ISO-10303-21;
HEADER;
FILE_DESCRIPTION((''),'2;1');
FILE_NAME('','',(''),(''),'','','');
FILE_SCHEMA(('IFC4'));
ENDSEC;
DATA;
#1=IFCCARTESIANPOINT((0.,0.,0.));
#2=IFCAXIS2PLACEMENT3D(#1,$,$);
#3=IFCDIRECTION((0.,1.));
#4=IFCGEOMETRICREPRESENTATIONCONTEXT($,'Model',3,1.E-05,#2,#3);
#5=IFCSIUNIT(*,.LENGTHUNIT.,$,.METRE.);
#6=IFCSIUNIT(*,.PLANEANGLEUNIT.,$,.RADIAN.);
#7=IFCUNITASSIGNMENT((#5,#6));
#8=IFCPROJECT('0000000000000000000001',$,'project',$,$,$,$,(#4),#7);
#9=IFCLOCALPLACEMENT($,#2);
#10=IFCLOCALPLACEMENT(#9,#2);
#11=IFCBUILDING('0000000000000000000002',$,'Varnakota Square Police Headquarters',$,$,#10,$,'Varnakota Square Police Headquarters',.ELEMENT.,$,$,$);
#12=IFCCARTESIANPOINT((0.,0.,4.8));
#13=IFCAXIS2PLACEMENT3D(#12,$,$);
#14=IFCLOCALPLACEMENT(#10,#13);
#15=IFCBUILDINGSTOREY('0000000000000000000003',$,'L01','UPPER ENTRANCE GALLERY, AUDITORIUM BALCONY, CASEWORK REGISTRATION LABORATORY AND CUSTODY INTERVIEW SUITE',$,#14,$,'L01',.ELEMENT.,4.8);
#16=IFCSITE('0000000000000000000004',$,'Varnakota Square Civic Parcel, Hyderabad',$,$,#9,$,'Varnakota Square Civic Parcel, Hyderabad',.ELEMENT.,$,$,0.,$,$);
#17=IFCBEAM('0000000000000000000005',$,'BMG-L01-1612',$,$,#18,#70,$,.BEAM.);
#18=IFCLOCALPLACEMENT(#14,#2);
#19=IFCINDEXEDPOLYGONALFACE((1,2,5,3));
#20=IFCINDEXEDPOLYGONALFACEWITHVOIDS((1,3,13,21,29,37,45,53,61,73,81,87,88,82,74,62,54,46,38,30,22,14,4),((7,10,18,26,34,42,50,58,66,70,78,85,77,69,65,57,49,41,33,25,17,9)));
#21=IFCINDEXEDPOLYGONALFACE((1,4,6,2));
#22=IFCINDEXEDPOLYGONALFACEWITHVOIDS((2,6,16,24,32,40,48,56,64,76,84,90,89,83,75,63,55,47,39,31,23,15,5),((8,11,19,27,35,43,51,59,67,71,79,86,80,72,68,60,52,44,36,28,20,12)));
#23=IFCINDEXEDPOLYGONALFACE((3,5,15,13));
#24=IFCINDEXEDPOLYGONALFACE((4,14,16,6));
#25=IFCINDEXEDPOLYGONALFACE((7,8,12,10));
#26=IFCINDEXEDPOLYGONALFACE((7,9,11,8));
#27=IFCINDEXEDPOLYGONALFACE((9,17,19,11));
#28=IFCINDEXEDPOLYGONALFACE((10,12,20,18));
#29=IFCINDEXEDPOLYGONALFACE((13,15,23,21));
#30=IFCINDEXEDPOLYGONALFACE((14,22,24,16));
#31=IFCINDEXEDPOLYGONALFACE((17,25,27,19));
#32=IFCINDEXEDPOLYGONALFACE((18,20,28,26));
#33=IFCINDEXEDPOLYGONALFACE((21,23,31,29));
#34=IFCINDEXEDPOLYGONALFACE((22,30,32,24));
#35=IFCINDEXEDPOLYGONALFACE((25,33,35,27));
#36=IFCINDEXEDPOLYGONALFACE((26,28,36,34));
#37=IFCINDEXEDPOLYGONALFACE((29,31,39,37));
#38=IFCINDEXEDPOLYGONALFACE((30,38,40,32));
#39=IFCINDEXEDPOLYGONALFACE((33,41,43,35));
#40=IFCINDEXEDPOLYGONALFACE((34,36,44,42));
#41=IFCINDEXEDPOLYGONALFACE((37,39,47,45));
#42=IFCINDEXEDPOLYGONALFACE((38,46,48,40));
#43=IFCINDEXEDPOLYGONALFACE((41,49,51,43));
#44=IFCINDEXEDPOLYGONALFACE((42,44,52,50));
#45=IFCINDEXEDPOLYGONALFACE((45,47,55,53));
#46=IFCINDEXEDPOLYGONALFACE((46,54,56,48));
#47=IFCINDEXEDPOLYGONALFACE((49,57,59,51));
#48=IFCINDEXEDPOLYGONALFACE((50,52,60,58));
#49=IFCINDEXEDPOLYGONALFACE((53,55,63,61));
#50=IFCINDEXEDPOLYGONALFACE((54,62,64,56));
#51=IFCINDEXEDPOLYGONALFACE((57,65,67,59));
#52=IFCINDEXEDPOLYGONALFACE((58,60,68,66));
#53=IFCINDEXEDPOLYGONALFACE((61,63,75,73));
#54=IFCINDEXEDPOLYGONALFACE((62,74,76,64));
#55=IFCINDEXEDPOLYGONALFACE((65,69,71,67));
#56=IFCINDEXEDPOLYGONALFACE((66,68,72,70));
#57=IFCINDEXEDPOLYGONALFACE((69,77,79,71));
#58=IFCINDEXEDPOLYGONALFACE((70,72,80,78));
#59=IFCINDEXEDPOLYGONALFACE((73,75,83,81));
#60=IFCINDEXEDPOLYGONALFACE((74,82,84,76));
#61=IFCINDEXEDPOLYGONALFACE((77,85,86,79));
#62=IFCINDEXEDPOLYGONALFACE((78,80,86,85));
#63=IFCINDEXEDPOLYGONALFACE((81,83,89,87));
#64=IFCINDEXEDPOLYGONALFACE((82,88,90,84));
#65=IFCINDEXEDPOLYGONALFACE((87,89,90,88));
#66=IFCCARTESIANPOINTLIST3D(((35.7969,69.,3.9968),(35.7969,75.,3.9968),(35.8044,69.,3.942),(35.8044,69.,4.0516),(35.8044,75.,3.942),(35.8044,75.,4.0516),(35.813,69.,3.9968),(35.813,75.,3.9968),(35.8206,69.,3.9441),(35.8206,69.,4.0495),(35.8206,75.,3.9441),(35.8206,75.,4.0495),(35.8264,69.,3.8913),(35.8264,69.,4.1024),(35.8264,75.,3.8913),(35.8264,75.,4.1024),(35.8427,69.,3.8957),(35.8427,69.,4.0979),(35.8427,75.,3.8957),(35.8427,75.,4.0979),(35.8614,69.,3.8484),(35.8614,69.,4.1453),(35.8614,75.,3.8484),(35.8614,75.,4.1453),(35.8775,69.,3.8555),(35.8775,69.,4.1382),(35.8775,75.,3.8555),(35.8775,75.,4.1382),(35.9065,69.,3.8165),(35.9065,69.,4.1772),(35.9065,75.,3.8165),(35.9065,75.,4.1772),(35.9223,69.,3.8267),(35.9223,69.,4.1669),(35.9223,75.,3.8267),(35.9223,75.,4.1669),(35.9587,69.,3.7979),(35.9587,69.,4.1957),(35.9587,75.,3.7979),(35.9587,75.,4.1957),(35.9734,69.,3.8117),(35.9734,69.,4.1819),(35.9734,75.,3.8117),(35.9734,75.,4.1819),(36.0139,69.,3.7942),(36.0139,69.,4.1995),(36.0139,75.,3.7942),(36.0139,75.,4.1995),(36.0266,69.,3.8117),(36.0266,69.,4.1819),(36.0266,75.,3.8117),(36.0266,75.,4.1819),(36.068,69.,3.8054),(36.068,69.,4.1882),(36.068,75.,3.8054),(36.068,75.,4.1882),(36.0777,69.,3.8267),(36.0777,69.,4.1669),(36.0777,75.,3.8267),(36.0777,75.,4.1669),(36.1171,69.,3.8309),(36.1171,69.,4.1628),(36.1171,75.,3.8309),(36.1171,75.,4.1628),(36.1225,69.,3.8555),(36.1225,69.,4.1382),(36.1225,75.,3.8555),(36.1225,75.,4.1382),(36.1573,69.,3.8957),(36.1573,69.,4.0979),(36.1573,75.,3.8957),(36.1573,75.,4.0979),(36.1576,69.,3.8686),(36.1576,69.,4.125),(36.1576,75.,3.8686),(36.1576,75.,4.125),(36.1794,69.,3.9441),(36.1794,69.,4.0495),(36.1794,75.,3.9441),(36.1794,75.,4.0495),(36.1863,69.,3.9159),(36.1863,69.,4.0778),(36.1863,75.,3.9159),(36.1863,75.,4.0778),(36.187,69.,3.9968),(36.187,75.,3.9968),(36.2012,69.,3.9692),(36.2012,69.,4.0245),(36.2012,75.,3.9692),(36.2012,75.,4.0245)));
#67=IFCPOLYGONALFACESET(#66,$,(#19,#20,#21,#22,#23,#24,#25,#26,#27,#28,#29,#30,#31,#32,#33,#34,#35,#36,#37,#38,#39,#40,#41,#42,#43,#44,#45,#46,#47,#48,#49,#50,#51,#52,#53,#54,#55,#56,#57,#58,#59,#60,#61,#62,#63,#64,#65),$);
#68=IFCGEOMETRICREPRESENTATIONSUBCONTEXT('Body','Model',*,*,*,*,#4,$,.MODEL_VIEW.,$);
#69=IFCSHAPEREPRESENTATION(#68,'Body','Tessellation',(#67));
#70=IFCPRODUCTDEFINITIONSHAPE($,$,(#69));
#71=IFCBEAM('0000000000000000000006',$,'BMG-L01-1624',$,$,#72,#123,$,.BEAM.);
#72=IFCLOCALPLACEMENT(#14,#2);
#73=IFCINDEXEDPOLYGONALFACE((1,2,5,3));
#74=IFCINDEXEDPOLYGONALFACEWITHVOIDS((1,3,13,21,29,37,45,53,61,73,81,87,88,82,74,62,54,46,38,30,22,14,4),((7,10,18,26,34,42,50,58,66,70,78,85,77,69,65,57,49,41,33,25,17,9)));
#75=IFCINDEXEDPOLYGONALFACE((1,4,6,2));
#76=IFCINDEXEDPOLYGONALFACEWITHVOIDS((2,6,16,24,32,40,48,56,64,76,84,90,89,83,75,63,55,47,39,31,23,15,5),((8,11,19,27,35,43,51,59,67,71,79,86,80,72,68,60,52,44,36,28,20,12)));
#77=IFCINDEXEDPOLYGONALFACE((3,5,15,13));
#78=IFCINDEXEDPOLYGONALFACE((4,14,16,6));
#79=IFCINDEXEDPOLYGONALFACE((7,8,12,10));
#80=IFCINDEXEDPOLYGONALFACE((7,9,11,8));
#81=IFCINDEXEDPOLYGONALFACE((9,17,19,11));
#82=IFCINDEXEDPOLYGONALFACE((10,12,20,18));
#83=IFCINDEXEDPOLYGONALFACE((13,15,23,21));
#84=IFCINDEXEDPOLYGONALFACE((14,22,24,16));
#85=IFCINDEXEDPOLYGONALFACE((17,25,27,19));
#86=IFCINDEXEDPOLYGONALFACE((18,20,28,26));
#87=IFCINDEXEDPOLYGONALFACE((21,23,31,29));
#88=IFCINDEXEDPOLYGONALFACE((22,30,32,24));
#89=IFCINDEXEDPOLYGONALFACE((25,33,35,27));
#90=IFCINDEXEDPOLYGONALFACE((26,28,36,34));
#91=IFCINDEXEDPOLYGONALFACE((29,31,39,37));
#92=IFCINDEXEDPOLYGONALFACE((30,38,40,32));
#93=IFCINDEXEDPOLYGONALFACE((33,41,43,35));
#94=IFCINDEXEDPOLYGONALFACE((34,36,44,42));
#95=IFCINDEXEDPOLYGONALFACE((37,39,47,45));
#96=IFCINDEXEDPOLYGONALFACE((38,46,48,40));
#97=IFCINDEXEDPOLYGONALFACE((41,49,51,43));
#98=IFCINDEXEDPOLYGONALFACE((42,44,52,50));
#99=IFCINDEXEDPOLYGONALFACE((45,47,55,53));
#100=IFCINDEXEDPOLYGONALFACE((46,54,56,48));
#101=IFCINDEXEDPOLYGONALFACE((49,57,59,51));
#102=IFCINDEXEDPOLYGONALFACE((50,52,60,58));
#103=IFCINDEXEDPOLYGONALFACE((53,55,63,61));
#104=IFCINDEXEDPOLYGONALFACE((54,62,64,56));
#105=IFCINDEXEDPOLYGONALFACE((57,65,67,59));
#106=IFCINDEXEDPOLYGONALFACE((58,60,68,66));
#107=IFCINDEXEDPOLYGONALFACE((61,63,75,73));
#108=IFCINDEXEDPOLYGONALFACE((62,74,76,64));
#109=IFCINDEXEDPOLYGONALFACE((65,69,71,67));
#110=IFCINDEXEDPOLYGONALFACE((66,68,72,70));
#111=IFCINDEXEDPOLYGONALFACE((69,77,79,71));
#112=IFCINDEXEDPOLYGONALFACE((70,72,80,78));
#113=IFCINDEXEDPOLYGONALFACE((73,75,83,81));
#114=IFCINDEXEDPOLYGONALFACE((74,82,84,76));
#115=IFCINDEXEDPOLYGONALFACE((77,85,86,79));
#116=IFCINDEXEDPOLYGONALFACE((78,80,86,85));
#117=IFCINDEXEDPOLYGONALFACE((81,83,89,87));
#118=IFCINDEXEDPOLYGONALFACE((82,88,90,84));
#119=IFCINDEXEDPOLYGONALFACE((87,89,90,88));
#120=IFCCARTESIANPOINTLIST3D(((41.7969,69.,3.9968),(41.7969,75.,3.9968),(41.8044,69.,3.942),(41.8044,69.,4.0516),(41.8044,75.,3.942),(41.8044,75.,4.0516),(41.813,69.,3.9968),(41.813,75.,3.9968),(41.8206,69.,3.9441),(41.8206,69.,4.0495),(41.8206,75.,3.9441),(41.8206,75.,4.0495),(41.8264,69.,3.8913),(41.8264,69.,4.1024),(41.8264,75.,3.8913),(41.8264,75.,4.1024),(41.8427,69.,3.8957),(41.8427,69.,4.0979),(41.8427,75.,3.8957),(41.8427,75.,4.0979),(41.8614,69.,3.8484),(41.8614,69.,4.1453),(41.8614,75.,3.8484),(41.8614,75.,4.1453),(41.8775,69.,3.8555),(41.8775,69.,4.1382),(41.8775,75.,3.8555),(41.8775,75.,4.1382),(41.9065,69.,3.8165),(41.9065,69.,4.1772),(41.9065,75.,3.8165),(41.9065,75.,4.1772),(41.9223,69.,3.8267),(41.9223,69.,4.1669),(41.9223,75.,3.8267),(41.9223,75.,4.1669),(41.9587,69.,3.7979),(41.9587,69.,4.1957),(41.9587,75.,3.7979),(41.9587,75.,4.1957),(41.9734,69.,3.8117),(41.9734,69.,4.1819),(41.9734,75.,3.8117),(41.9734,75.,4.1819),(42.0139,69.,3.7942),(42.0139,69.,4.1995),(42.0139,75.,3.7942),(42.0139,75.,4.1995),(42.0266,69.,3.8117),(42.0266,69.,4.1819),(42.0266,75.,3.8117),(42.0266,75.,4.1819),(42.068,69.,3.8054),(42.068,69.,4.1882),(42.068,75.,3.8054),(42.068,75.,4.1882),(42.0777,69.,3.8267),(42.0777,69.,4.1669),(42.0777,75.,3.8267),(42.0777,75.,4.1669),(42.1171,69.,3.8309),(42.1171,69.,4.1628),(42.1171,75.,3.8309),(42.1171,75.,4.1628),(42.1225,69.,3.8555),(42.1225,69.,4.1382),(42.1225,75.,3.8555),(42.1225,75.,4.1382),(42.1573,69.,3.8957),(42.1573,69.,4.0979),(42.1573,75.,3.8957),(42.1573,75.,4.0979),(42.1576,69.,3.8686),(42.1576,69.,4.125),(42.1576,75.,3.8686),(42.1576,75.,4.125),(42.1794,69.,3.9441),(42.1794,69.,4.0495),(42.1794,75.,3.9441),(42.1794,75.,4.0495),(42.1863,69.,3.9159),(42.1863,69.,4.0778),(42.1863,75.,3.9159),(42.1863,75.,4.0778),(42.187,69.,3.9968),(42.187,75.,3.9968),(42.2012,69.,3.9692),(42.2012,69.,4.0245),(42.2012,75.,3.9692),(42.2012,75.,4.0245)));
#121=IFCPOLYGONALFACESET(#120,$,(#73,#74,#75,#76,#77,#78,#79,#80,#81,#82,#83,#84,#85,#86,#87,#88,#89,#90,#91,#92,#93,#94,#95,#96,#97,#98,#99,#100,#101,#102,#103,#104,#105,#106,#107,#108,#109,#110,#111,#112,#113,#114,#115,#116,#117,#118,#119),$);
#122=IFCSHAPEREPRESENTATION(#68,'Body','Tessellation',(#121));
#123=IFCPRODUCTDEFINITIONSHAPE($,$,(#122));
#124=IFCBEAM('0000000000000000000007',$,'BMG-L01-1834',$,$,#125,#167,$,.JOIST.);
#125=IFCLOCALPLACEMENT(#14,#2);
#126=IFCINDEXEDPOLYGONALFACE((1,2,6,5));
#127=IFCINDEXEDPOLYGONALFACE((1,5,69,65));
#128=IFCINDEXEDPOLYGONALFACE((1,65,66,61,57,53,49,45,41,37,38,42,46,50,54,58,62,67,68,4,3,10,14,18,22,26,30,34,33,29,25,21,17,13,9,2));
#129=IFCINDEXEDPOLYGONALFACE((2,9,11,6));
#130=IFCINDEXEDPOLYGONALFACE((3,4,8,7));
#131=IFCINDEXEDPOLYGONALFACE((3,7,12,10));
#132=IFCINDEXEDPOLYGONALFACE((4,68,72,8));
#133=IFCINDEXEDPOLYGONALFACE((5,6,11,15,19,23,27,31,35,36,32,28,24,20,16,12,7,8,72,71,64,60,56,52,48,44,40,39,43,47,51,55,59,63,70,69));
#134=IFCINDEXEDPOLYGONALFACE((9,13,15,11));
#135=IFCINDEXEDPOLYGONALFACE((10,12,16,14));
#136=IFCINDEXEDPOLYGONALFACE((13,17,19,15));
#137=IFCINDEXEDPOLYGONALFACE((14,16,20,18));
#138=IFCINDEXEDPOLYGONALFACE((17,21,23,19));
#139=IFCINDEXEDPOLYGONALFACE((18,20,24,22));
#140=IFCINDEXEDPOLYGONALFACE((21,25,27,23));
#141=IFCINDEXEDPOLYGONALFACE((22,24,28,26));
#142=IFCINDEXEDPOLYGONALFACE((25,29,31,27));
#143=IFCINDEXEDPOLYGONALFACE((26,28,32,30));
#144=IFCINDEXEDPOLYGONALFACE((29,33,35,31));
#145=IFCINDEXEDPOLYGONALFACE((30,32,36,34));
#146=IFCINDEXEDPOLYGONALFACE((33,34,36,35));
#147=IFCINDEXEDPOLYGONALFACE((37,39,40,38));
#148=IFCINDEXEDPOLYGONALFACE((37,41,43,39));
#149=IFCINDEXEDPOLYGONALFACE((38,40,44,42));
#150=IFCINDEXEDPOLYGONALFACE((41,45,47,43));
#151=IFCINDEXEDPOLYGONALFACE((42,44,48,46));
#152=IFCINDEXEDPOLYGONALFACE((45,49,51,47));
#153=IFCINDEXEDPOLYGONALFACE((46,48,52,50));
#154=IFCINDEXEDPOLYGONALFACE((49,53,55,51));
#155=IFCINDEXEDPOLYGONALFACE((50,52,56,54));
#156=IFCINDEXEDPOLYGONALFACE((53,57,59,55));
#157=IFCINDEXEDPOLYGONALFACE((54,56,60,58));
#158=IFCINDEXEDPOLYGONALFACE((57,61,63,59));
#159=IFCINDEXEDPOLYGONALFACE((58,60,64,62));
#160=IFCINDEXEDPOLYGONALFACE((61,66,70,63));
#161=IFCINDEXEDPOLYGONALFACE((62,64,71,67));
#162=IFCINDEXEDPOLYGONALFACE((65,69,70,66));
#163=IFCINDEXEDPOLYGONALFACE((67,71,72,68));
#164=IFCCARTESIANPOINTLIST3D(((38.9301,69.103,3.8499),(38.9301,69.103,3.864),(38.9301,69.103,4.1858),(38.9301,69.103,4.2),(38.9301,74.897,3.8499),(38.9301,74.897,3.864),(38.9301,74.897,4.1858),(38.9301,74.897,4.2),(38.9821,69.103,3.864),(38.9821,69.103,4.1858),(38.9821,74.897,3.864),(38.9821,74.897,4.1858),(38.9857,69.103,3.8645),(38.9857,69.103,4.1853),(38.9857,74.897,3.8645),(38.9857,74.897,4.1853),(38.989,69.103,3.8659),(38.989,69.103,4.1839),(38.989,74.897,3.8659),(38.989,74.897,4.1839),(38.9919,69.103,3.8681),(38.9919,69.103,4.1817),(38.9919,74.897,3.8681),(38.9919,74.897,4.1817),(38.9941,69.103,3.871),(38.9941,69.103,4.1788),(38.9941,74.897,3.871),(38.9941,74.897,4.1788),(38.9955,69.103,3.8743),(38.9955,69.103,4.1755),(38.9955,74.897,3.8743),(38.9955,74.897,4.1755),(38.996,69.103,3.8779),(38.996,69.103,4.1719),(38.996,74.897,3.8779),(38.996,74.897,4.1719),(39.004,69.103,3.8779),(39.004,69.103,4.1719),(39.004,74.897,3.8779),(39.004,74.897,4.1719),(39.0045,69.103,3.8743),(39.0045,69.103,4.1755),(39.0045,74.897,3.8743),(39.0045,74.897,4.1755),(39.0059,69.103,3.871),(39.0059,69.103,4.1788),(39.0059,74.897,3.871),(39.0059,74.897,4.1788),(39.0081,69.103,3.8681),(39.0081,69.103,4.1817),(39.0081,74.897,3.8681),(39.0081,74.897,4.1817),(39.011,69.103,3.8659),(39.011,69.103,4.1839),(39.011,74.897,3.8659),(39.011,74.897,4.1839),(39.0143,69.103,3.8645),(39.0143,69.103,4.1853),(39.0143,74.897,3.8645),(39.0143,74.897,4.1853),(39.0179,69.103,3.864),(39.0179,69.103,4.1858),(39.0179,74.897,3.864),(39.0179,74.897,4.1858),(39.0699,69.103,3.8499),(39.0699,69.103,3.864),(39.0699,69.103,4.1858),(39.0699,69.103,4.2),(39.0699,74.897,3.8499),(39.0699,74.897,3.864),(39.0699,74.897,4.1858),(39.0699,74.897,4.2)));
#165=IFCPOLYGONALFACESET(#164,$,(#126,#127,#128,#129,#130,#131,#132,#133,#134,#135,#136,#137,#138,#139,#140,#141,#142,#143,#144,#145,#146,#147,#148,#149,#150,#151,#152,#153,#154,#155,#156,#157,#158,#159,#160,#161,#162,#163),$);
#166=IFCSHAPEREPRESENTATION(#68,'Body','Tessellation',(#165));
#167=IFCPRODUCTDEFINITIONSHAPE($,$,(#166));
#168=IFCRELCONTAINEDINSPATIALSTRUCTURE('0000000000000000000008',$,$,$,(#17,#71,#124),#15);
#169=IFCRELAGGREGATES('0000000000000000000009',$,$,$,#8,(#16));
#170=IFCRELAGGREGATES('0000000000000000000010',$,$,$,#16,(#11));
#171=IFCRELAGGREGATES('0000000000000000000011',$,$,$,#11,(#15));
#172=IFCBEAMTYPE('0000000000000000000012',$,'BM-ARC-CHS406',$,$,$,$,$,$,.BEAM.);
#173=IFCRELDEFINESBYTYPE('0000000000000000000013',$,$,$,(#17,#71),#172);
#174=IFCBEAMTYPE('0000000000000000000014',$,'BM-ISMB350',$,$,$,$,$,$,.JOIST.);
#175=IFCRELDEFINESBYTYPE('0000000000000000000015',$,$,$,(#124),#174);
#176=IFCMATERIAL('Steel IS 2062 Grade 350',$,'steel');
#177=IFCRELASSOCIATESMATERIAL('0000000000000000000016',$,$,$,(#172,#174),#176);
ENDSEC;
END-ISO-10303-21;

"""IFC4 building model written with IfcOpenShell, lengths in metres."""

from ifc_helpers import new_model, si_unit, direction, frame, origin, origin_2d, place, context, subcontext, project, spatial, hollow_circle, i_section, extrude, material, material_profile, profile_set, type_object, element, save


model = new_model("IFC4")

# Units and contexts
model_context = context("Model", 3, precision=1e-05, world=origin(), true_north=direction((0.0, 1.0)))
body_context = subcontext(model_context, "Body", "Model", "MODEL_VIEW")
ifc_project = project(units=[si_unit("LENGTHUNIT", "METRE"), si_unit("PLANEANGLEUNIT", "RADIAN")], contexts=[model_context])

# Site, building, storey
site_placement = place(None, origin())
site = spatial("IfcSite", under=ifc_project, at=site_placement, Name="Varnakota Square Civic Parcel, Hyderabad", LongName="Varnakota Square Civic Parcel, Hyderabad", CompositionType="ELEMENT", RefElevation=0.0)
building_placement = place(site_placement, origin())
building = spatial("IfcBuilding", under=site, at=building_placement, Name="Varnakota Square Police Headquarters", LongName="Varnakota Square Police Headquarters", CompositionType="ELEMENT")
storey_placement = place(building_placement, frame((0.0, 0.0, 4.8)))
storey = spatial("IfcBuildingStorey", under=building, at=storey_placement, Name="L01", Description="UPPER ENTRANCE GALLERY, AUDITORIUM BALCONY, CASEWORK REGISTRATION LABORATORY AND CUSTODY INTERVIEW SUITE", LongName="L01", CompositionType="ELEMENT", Elevation=4.8)

# Shared definitions
ifc_material_1 = material(Name="Steel IS 2062 Grade 350", Category="steel")

# Beams
ifc_material_profile_1 = material_profile(ifc_material_1, hollow_circle(Radius=0.2031, WallThickness=0.0161, at=origin_2d()), Name="CHS 406.4x16.0")
ifc_profile_set_1 = profile_set([ifc_material_profile_1], Name="Steel IS 2062 Grade 350")
beam_type_1 = type_object("IfcBeamType", Name="BM-ARC-CHS406", PredefinedType="BEAM", material=ifc_profile_set_1)
for number, where, z_axis, x_axis, name in (
    (1, (36.0, 69.0, 3.9968), (0.0, 1.0, 0.0), (-1.0, 0.0, 0.0), "BMG-L01-1612"),
    (2, (42.0, 69.0, 3.9968), (0.0, 1.0, 0.0), (-1.0, 0.0, 0.0), "BMG-L01-1624"),
):
    element("IfcBeam", number, at=place(storey_placement, frame(where, z_axis=z_axis, x_axis=x_axis)), inside=storey, type_object=beam_type_1, Name=name, PredefinedType="BEAM", context=body_context, shape_type="SweptSolid", body=[
        extrude(hollow_circle(Radius=0.2031, WallThickness=0.0161, at=origin_2d()), origin(), (0.0, 0.0, 1.0), 6.0),
    ])
ifc_material_profile_2 = material_profile(ifc_material_1, i_section(OverallWidth=0.1399, OverallDepth=0.3501, WebThickness=0.0081, FlangeThickness=0.0142, FilletRadius=0.0139, at=origin_2d()), Name="ISMB 350")
ifc_profile_set_2 = profile_set([ifc_material_profile_2], Name="Steel IS 2062 Grade 350")
beam_type_2 = type_object("IfcBeamType", Name="BM-ISMB350", PredefinedType="JOIST", material=ifc_profile_set_2)
beam_1_placement = place(storey_placement, frame((39.0, 69.103, 4.0249), z_axis=(0.0, 1.0, 0.0), x_axis=(-1.0, 0.0, 0.0)))
element("IfcBeam", 3, at=beam_1_placement, inside=storey, type_object=beam_type_2, Name="BMG-L01-1834", PredefinedType="JOIST", context=body_context, shape_type="SweptSolid", body=[
    extrude(i_section(OverallWidth=0.1399, OverallDepth=0.3501, WebThickness=0.0081, FlangeThickness=0.0142, FilletRadius=0.0139, at=origin_2d()), origin(), (0.0, 0.0, 1.0), 5.7939),
])

save(model, "model.ifc")
